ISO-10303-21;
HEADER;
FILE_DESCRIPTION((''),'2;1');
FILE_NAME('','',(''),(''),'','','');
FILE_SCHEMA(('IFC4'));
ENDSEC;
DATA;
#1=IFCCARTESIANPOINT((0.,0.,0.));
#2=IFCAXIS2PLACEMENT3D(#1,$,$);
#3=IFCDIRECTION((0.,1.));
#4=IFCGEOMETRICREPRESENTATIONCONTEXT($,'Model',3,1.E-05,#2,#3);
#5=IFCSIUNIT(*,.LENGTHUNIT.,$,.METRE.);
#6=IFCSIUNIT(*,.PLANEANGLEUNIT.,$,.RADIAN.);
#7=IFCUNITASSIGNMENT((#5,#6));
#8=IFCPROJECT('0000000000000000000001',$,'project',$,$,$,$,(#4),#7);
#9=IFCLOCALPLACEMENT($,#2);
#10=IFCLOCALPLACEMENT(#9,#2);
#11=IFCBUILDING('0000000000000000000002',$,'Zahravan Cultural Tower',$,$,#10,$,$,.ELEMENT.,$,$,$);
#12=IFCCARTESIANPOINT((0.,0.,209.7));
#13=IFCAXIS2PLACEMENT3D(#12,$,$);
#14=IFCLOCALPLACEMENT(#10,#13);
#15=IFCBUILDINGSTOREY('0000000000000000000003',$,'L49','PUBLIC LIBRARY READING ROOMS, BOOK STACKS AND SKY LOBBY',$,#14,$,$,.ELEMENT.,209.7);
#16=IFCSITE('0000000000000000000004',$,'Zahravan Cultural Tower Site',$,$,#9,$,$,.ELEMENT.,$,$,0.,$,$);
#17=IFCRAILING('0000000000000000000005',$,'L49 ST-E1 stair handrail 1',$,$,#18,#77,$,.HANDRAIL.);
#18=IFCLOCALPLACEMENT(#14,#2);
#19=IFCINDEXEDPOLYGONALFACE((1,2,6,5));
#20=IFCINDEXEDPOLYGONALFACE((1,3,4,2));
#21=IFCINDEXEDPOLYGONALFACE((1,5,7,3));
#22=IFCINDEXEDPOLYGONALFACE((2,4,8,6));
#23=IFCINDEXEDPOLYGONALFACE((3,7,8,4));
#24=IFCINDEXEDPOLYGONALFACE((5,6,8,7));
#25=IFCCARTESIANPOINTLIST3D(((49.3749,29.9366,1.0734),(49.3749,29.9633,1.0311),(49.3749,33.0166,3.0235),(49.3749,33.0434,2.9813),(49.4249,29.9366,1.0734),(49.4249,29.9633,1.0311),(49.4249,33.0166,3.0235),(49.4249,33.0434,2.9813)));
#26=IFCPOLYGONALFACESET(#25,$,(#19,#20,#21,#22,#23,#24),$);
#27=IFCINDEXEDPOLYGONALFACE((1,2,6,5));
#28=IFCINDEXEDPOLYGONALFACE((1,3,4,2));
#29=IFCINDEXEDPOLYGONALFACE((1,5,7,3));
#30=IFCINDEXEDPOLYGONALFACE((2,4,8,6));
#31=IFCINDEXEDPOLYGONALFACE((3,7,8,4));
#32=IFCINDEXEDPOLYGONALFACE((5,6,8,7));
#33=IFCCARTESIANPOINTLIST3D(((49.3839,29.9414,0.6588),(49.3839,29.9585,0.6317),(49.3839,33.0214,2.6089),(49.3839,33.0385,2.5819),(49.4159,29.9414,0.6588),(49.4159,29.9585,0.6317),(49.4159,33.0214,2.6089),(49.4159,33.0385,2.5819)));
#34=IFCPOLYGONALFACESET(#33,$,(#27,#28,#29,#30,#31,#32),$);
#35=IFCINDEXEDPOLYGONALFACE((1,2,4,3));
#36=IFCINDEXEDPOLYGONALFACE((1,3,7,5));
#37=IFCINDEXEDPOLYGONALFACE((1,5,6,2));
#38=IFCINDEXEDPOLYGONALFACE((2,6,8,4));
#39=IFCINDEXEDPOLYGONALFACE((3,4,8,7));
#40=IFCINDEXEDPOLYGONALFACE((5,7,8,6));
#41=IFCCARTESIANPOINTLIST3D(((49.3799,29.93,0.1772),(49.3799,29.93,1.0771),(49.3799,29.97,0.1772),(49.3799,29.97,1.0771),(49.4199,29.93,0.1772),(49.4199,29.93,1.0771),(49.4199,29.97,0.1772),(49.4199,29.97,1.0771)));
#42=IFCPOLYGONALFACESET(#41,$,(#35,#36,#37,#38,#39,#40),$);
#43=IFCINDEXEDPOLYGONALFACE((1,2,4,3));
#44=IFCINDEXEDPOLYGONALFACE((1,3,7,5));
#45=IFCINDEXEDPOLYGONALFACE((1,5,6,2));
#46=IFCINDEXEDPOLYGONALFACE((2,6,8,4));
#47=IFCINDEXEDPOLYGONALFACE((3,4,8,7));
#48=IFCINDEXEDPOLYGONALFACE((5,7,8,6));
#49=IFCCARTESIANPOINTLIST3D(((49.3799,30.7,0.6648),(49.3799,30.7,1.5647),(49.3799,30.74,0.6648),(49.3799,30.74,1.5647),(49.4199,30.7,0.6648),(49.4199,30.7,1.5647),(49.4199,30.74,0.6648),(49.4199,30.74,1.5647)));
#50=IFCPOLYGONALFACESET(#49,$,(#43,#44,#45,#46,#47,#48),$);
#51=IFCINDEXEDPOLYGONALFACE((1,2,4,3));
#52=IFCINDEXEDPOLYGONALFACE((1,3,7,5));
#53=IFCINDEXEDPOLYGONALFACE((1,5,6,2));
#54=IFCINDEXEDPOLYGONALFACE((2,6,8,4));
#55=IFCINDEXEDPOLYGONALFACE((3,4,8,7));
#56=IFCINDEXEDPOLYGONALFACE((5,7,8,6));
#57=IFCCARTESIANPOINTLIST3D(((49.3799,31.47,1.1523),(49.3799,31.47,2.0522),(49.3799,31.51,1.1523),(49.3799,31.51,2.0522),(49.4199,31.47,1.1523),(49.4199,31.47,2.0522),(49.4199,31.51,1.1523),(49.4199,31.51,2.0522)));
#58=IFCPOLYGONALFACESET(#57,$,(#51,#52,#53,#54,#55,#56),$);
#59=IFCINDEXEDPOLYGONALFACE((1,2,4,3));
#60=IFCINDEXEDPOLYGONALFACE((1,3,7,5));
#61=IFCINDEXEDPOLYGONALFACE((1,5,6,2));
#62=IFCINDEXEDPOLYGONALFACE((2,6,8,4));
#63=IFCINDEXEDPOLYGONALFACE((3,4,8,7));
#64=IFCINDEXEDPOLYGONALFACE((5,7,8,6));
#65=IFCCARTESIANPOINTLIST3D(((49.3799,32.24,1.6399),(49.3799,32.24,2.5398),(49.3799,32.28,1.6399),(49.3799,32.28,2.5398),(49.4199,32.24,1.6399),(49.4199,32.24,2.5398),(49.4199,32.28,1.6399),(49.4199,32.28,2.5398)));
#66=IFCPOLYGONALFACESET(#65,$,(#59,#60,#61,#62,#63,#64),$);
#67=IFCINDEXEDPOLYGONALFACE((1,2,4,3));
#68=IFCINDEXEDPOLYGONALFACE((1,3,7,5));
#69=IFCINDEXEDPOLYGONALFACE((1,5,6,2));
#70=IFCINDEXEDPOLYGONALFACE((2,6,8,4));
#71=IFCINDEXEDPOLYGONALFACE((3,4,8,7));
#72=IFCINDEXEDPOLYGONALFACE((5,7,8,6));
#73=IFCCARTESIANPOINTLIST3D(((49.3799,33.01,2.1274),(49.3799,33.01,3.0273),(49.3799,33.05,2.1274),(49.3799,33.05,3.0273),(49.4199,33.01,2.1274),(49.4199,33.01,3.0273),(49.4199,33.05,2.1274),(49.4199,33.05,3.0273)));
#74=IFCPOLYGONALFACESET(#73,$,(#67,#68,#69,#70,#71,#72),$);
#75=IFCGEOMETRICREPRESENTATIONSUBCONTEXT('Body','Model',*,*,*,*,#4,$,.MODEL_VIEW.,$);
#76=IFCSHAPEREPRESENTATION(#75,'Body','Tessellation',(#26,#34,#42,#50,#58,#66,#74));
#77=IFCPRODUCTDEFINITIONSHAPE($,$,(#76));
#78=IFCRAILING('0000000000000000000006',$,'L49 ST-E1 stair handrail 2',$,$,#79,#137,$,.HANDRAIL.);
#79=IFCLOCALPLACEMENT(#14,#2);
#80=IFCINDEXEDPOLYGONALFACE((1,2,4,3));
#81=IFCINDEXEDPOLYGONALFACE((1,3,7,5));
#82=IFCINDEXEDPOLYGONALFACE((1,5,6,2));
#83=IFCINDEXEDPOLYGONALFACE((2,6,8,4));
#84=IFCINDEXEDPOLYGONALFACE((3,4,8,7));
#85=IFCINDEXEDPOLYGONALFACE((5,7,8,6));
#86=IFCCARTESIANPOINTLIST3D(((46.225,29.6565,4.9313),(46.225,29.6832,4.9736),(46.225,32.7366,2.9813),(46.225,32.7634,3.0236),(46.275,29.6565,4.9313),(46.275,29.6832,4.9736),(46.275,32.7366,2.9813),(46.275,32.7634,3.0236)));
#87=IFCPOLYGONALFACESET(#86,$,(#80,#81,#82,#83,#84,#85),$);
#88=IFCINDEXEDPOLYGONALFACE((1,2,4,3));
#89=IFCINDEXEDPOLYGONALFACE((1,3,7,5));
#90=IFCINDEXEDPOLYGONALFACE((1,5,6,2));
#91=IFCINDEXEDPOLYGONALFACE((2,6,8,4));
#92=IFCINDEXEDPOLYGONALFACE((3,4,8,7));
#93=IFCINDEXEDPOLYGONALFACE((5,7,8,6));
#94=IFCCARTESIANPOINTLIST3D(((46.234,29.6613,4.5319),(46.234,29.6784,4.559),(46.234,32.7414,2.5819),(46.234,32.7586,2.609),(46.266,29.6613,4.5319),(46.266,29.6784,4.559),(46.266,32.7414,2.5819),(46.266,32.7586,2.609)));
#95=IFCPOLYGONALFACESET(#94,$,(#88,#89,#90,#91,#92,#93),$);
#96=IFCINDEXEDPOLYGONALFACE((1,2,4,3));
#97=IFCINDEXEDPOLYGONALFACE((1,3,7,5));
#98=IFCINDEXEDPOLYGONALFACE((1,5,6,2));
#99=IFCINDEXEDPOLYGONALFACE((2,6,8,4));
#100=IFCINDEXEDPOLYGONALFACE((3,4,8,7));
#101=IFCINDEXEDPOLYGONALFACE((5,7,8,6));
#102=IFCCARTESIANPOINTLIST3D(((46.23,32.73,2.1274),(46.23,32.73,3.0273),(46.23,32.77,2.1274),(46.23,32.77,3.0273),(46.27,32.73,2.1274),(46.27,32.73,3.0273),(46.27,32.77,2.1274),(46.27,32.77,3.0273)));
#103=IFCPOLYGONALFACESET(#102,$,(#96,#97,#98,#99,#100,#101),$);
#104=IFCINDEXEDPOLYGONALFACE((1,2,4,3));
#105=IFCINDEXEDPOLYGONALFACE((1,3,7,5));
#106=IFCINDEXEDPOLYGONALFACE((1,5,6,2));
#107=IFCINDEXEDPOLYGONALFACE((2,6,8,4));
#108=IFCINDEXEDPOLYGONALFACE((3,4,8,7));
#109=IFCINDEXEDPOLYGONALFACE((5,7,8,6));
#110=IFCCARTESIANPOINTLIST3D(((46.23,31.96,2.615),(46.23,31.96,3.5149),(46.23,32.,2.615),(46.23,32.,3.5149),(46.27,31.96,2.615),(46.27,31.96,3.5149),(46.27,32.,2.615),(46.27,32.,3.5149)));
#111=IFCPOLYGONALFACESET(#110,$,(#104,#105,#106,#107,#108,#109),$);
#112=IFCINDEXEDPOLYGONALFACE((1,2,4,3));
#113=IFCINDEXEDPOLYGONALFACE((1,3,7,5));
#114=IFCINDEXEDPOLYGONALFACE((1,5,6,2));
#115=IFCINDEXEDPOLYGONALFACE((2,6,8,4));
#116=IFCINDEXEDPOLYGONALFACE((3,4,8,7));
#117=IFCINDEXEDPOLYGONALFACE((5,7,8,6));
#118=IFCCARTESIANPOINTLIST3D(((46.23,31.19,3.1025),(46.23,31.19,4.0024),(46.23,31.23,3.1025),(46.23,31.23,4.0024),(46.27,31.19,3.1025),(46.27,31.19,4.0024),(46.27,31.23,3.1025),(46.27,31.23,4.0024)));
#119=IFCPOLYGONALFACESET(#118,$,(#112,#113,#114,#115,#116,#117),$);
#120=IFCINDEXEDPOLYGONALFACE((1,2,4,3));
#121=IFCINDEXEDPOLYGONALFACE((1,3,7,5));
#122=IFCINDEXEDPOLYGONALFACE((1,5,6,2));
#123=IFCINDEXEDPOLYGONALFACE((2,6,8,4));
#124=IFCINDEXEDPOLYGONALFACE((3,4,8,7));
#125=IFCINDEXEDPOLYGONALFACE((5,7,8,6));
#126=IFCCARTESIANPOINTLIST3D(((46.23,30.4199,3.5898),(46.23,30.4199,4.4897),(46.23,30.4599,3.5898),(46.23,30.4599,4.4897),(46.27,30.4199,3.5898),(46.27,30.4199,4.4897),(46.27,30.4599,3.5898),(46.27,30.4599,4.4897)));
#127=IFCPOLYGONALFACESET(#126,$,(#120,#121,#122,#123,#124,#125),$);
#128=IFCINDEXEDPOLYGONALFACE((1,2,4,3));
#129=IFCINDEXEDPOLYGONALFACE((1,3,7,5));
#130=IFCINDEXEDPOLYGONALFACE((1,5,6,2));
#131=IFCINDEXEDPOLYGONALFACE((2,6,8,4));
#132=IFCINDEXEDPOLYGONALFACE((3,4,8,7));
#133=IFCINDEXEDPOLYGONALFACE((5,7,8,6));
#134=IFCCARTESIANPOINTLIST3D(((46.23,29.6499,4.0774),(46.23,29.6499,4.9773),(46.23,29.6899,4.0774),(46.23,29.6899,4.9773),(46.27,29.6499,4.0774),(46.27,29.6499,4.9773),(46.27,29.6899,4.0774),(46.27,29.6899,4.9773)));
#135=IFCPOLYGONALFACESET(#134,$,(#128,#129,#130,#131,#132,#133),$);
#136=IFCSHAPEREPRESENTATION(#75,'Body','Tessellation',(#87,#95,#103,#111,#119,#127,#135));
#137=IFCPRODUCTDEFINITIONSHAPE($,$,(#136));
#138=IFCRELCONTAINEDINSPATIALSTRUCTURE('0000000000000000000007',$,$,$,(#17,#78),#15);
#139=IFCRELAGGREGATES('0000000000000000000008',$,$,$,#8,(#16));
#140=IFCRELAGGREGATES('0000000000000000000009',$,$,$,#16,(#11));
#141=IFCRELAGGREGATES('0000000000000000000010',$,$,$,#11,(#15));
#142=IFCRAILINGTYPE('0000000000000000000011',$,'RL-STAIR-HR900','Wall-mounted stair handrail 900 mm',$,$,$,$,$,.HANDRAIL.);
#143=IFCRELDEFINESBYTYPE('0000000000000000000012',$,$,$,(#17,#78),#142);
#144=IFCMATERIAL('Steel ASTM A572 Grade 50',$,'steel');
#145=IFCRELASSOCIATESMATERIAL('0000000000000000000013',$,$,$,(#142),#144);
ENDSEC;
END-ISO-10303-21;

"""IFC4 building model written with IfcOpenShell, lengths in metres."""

from ifc_helpers import new_model, si_unit, direction, frame, origin, origin_2d, place, context, subcontext, project, spatial, rectangle, extrude, material, type_object, element, save


model = new_model("IFC4")

# Units and contexts
model_context = context("Model", 3, precision=1e-05, world=origin(), true_north=direction((0.0, 1.0)))
body_context = subcontext(model_context, "Body", "Model", "MODEL_VIEW")
ifc_project = project(units=[si_unit("LENGTHUNIT", "METRE"), si_unit("PLANEANGLEUNIT", "RADIAN")], contexts=[model_context])

# Site, building, storey
site_placement = place(None, origin())
site = spatial("IfcSite", under=ifc_project, at=site_placement, Name="Zahravan Cultural Tower Site", CompositionType="ELEMENT", RefElevation=0.0)
building_placement = place(site_placement, origin())
building = spatial("IfcBuilding", under=site, at=building_placement, Name="Zahravan Cultural Tower", CompositionType="ELEMENT")
storey_placement = place(building_placement, frame((0.0, 0.0, 209.7)))
storey = spatial("IfcBuildingStorey", under=building, at=storey_placement, Name="L49", Description="PUBLIC LIBRARY READING ROOMS, BOOK STACKS AND SKY LOBBY", CompositionType="ELEMENT", Elevation=209.7)

# Railings
ifc_material_1 = material(Name="Steel ASTM A572 Grade 50", Category="steel")
railing_type_1 = type_object("IfcRailingType", Name="RL-STAIR-HR900", Description="Wall-mounted stair handrail 900 mm", PredefinedType="HANDRAIL", material=ifc_material_1)
railing_1_placement = place(storey_placement, frame((49.3999, 29.95, 0.1772)))
element("IfcRailing", 1, at=railing_1_placement, inside=storey, type_object=railing_type_1, Name="L49 ST-E1 stair handrail 1", PredefinedType="HANDRAIL", context=body_context, shape_type="SweptSolid", body=[
    extrude(rectangle(XDim=0.05, YDim=0.05, at=origin_2d()), frame((0.0, 0.0, 0.875), z_axis=(0.0, 0.844884, 0.53495), x_axis=(-1.0, 0.0, 0.0)), (0.0, 0.0, 1.0), 3.6455),
    extrude(rectangle(XDim=0.032, YDim=0.032, at=origin_2d()), frame((0.0, 0.0, 0.468), z_axis=(0.0, 0.844884, 0.53495), x_axis=(-1.0, 0.0, 0.0)), (0.0, 0.0, 1.0), 3.6455),
    extrude(rectangle(XDim=0.04, YDim=0.04, at=origin_2d()), origin(), (0.0, 0.0, 1.0), 0.8999),
    extrude(rectangle(XDim=0.04, YDim=0.04, at=origin_2d()), frame((0.0, 0.77, 0.4875)), (0.0, 0.0, 1.0), 0.8999),
    extrude(rectangle(XDim=0.04, YDim=0.04, at=origin_2d()), frame((0.0, 1.54, 0.9751)), (0.0, 0.0, 1.0), 0.8999),
    extrude(rectangle(XDim=0.04, YDim=0.04, at=origin_2d()), frame((0.0, 2.3101, 1.4626)), (0.0, 0.0, 1.0), 0.8999),
    extrude(rectangle(XDim=0.04, YDim=0.04, at=origin_2d()), frame((0.0, 3.0801, 1.9502)), (0.0, 0.0, 1.0), 0.8999),
])
railing_2_placement = place(storey_placement, frame((46.25, 32.75, 2.1274)))
element("IfcRailing", 2, at=railing_2_placement, inside=storey, type_object=railing_type_1, Name="L49 ST-E1 stair handrail 2", PredefinedType="HANDRAIL", context=body_context, shape_type="SweptSolid", body=[
    extrude(rectangle(XDim=0.05, YDim=0.05, at=origin_2d()), frame((0.0, 0.0, 0.875), z_axis=(0.0, -0.844914, 0.534902), x_axis=(1.0, 0.0, 0.0)), (0.0, 0.0, 1.0), 3.6455),
    extrude(rectangle(XDim=0.032, YDim=0.032, at=origin_2d()), frame((0.0, 0.0, 0.468), z_axis=(0.0, -0.844914, 0.534902), x_axis=(1.0, 0.0, 0.0)), (0.0, 0.0, 1.0), 3.6455),
    extrude(rectangle(XDim=0.04, YDim=0.04, at=origin_2d()), origin(), (0.0, 0.0, 1.0), 0.8999),
    extrude(rectangle(XDim=0.04, YDim=0.04, at=origin_2d()), frame((0.0, -0.77, 0.4875)), (0.0, 0.0, 1.0), 0.8999),
    extrude(rectangle(XDim=0.04, YDim=0.04, at=origin_2d()), frame((0.0, -1.54, 0.9751)), (0.0, 0.0, 1.0), 0.8999),
    extrude(rectangle(XDim=0.04, YDim=0.04, at=origin_2d()), frame((0.0, -2.3101, 1.4624)), (0.0, 0.0, 1.0), 0.8999),
    extrude(rectangle(XDim=0.04, YDim=0.04, at=origin_2d()), frame((0.0, -3.0801, 1.95)), (0.0, 0.0, 1.0), 0.8999),
])

save(model, "model.ifc")
